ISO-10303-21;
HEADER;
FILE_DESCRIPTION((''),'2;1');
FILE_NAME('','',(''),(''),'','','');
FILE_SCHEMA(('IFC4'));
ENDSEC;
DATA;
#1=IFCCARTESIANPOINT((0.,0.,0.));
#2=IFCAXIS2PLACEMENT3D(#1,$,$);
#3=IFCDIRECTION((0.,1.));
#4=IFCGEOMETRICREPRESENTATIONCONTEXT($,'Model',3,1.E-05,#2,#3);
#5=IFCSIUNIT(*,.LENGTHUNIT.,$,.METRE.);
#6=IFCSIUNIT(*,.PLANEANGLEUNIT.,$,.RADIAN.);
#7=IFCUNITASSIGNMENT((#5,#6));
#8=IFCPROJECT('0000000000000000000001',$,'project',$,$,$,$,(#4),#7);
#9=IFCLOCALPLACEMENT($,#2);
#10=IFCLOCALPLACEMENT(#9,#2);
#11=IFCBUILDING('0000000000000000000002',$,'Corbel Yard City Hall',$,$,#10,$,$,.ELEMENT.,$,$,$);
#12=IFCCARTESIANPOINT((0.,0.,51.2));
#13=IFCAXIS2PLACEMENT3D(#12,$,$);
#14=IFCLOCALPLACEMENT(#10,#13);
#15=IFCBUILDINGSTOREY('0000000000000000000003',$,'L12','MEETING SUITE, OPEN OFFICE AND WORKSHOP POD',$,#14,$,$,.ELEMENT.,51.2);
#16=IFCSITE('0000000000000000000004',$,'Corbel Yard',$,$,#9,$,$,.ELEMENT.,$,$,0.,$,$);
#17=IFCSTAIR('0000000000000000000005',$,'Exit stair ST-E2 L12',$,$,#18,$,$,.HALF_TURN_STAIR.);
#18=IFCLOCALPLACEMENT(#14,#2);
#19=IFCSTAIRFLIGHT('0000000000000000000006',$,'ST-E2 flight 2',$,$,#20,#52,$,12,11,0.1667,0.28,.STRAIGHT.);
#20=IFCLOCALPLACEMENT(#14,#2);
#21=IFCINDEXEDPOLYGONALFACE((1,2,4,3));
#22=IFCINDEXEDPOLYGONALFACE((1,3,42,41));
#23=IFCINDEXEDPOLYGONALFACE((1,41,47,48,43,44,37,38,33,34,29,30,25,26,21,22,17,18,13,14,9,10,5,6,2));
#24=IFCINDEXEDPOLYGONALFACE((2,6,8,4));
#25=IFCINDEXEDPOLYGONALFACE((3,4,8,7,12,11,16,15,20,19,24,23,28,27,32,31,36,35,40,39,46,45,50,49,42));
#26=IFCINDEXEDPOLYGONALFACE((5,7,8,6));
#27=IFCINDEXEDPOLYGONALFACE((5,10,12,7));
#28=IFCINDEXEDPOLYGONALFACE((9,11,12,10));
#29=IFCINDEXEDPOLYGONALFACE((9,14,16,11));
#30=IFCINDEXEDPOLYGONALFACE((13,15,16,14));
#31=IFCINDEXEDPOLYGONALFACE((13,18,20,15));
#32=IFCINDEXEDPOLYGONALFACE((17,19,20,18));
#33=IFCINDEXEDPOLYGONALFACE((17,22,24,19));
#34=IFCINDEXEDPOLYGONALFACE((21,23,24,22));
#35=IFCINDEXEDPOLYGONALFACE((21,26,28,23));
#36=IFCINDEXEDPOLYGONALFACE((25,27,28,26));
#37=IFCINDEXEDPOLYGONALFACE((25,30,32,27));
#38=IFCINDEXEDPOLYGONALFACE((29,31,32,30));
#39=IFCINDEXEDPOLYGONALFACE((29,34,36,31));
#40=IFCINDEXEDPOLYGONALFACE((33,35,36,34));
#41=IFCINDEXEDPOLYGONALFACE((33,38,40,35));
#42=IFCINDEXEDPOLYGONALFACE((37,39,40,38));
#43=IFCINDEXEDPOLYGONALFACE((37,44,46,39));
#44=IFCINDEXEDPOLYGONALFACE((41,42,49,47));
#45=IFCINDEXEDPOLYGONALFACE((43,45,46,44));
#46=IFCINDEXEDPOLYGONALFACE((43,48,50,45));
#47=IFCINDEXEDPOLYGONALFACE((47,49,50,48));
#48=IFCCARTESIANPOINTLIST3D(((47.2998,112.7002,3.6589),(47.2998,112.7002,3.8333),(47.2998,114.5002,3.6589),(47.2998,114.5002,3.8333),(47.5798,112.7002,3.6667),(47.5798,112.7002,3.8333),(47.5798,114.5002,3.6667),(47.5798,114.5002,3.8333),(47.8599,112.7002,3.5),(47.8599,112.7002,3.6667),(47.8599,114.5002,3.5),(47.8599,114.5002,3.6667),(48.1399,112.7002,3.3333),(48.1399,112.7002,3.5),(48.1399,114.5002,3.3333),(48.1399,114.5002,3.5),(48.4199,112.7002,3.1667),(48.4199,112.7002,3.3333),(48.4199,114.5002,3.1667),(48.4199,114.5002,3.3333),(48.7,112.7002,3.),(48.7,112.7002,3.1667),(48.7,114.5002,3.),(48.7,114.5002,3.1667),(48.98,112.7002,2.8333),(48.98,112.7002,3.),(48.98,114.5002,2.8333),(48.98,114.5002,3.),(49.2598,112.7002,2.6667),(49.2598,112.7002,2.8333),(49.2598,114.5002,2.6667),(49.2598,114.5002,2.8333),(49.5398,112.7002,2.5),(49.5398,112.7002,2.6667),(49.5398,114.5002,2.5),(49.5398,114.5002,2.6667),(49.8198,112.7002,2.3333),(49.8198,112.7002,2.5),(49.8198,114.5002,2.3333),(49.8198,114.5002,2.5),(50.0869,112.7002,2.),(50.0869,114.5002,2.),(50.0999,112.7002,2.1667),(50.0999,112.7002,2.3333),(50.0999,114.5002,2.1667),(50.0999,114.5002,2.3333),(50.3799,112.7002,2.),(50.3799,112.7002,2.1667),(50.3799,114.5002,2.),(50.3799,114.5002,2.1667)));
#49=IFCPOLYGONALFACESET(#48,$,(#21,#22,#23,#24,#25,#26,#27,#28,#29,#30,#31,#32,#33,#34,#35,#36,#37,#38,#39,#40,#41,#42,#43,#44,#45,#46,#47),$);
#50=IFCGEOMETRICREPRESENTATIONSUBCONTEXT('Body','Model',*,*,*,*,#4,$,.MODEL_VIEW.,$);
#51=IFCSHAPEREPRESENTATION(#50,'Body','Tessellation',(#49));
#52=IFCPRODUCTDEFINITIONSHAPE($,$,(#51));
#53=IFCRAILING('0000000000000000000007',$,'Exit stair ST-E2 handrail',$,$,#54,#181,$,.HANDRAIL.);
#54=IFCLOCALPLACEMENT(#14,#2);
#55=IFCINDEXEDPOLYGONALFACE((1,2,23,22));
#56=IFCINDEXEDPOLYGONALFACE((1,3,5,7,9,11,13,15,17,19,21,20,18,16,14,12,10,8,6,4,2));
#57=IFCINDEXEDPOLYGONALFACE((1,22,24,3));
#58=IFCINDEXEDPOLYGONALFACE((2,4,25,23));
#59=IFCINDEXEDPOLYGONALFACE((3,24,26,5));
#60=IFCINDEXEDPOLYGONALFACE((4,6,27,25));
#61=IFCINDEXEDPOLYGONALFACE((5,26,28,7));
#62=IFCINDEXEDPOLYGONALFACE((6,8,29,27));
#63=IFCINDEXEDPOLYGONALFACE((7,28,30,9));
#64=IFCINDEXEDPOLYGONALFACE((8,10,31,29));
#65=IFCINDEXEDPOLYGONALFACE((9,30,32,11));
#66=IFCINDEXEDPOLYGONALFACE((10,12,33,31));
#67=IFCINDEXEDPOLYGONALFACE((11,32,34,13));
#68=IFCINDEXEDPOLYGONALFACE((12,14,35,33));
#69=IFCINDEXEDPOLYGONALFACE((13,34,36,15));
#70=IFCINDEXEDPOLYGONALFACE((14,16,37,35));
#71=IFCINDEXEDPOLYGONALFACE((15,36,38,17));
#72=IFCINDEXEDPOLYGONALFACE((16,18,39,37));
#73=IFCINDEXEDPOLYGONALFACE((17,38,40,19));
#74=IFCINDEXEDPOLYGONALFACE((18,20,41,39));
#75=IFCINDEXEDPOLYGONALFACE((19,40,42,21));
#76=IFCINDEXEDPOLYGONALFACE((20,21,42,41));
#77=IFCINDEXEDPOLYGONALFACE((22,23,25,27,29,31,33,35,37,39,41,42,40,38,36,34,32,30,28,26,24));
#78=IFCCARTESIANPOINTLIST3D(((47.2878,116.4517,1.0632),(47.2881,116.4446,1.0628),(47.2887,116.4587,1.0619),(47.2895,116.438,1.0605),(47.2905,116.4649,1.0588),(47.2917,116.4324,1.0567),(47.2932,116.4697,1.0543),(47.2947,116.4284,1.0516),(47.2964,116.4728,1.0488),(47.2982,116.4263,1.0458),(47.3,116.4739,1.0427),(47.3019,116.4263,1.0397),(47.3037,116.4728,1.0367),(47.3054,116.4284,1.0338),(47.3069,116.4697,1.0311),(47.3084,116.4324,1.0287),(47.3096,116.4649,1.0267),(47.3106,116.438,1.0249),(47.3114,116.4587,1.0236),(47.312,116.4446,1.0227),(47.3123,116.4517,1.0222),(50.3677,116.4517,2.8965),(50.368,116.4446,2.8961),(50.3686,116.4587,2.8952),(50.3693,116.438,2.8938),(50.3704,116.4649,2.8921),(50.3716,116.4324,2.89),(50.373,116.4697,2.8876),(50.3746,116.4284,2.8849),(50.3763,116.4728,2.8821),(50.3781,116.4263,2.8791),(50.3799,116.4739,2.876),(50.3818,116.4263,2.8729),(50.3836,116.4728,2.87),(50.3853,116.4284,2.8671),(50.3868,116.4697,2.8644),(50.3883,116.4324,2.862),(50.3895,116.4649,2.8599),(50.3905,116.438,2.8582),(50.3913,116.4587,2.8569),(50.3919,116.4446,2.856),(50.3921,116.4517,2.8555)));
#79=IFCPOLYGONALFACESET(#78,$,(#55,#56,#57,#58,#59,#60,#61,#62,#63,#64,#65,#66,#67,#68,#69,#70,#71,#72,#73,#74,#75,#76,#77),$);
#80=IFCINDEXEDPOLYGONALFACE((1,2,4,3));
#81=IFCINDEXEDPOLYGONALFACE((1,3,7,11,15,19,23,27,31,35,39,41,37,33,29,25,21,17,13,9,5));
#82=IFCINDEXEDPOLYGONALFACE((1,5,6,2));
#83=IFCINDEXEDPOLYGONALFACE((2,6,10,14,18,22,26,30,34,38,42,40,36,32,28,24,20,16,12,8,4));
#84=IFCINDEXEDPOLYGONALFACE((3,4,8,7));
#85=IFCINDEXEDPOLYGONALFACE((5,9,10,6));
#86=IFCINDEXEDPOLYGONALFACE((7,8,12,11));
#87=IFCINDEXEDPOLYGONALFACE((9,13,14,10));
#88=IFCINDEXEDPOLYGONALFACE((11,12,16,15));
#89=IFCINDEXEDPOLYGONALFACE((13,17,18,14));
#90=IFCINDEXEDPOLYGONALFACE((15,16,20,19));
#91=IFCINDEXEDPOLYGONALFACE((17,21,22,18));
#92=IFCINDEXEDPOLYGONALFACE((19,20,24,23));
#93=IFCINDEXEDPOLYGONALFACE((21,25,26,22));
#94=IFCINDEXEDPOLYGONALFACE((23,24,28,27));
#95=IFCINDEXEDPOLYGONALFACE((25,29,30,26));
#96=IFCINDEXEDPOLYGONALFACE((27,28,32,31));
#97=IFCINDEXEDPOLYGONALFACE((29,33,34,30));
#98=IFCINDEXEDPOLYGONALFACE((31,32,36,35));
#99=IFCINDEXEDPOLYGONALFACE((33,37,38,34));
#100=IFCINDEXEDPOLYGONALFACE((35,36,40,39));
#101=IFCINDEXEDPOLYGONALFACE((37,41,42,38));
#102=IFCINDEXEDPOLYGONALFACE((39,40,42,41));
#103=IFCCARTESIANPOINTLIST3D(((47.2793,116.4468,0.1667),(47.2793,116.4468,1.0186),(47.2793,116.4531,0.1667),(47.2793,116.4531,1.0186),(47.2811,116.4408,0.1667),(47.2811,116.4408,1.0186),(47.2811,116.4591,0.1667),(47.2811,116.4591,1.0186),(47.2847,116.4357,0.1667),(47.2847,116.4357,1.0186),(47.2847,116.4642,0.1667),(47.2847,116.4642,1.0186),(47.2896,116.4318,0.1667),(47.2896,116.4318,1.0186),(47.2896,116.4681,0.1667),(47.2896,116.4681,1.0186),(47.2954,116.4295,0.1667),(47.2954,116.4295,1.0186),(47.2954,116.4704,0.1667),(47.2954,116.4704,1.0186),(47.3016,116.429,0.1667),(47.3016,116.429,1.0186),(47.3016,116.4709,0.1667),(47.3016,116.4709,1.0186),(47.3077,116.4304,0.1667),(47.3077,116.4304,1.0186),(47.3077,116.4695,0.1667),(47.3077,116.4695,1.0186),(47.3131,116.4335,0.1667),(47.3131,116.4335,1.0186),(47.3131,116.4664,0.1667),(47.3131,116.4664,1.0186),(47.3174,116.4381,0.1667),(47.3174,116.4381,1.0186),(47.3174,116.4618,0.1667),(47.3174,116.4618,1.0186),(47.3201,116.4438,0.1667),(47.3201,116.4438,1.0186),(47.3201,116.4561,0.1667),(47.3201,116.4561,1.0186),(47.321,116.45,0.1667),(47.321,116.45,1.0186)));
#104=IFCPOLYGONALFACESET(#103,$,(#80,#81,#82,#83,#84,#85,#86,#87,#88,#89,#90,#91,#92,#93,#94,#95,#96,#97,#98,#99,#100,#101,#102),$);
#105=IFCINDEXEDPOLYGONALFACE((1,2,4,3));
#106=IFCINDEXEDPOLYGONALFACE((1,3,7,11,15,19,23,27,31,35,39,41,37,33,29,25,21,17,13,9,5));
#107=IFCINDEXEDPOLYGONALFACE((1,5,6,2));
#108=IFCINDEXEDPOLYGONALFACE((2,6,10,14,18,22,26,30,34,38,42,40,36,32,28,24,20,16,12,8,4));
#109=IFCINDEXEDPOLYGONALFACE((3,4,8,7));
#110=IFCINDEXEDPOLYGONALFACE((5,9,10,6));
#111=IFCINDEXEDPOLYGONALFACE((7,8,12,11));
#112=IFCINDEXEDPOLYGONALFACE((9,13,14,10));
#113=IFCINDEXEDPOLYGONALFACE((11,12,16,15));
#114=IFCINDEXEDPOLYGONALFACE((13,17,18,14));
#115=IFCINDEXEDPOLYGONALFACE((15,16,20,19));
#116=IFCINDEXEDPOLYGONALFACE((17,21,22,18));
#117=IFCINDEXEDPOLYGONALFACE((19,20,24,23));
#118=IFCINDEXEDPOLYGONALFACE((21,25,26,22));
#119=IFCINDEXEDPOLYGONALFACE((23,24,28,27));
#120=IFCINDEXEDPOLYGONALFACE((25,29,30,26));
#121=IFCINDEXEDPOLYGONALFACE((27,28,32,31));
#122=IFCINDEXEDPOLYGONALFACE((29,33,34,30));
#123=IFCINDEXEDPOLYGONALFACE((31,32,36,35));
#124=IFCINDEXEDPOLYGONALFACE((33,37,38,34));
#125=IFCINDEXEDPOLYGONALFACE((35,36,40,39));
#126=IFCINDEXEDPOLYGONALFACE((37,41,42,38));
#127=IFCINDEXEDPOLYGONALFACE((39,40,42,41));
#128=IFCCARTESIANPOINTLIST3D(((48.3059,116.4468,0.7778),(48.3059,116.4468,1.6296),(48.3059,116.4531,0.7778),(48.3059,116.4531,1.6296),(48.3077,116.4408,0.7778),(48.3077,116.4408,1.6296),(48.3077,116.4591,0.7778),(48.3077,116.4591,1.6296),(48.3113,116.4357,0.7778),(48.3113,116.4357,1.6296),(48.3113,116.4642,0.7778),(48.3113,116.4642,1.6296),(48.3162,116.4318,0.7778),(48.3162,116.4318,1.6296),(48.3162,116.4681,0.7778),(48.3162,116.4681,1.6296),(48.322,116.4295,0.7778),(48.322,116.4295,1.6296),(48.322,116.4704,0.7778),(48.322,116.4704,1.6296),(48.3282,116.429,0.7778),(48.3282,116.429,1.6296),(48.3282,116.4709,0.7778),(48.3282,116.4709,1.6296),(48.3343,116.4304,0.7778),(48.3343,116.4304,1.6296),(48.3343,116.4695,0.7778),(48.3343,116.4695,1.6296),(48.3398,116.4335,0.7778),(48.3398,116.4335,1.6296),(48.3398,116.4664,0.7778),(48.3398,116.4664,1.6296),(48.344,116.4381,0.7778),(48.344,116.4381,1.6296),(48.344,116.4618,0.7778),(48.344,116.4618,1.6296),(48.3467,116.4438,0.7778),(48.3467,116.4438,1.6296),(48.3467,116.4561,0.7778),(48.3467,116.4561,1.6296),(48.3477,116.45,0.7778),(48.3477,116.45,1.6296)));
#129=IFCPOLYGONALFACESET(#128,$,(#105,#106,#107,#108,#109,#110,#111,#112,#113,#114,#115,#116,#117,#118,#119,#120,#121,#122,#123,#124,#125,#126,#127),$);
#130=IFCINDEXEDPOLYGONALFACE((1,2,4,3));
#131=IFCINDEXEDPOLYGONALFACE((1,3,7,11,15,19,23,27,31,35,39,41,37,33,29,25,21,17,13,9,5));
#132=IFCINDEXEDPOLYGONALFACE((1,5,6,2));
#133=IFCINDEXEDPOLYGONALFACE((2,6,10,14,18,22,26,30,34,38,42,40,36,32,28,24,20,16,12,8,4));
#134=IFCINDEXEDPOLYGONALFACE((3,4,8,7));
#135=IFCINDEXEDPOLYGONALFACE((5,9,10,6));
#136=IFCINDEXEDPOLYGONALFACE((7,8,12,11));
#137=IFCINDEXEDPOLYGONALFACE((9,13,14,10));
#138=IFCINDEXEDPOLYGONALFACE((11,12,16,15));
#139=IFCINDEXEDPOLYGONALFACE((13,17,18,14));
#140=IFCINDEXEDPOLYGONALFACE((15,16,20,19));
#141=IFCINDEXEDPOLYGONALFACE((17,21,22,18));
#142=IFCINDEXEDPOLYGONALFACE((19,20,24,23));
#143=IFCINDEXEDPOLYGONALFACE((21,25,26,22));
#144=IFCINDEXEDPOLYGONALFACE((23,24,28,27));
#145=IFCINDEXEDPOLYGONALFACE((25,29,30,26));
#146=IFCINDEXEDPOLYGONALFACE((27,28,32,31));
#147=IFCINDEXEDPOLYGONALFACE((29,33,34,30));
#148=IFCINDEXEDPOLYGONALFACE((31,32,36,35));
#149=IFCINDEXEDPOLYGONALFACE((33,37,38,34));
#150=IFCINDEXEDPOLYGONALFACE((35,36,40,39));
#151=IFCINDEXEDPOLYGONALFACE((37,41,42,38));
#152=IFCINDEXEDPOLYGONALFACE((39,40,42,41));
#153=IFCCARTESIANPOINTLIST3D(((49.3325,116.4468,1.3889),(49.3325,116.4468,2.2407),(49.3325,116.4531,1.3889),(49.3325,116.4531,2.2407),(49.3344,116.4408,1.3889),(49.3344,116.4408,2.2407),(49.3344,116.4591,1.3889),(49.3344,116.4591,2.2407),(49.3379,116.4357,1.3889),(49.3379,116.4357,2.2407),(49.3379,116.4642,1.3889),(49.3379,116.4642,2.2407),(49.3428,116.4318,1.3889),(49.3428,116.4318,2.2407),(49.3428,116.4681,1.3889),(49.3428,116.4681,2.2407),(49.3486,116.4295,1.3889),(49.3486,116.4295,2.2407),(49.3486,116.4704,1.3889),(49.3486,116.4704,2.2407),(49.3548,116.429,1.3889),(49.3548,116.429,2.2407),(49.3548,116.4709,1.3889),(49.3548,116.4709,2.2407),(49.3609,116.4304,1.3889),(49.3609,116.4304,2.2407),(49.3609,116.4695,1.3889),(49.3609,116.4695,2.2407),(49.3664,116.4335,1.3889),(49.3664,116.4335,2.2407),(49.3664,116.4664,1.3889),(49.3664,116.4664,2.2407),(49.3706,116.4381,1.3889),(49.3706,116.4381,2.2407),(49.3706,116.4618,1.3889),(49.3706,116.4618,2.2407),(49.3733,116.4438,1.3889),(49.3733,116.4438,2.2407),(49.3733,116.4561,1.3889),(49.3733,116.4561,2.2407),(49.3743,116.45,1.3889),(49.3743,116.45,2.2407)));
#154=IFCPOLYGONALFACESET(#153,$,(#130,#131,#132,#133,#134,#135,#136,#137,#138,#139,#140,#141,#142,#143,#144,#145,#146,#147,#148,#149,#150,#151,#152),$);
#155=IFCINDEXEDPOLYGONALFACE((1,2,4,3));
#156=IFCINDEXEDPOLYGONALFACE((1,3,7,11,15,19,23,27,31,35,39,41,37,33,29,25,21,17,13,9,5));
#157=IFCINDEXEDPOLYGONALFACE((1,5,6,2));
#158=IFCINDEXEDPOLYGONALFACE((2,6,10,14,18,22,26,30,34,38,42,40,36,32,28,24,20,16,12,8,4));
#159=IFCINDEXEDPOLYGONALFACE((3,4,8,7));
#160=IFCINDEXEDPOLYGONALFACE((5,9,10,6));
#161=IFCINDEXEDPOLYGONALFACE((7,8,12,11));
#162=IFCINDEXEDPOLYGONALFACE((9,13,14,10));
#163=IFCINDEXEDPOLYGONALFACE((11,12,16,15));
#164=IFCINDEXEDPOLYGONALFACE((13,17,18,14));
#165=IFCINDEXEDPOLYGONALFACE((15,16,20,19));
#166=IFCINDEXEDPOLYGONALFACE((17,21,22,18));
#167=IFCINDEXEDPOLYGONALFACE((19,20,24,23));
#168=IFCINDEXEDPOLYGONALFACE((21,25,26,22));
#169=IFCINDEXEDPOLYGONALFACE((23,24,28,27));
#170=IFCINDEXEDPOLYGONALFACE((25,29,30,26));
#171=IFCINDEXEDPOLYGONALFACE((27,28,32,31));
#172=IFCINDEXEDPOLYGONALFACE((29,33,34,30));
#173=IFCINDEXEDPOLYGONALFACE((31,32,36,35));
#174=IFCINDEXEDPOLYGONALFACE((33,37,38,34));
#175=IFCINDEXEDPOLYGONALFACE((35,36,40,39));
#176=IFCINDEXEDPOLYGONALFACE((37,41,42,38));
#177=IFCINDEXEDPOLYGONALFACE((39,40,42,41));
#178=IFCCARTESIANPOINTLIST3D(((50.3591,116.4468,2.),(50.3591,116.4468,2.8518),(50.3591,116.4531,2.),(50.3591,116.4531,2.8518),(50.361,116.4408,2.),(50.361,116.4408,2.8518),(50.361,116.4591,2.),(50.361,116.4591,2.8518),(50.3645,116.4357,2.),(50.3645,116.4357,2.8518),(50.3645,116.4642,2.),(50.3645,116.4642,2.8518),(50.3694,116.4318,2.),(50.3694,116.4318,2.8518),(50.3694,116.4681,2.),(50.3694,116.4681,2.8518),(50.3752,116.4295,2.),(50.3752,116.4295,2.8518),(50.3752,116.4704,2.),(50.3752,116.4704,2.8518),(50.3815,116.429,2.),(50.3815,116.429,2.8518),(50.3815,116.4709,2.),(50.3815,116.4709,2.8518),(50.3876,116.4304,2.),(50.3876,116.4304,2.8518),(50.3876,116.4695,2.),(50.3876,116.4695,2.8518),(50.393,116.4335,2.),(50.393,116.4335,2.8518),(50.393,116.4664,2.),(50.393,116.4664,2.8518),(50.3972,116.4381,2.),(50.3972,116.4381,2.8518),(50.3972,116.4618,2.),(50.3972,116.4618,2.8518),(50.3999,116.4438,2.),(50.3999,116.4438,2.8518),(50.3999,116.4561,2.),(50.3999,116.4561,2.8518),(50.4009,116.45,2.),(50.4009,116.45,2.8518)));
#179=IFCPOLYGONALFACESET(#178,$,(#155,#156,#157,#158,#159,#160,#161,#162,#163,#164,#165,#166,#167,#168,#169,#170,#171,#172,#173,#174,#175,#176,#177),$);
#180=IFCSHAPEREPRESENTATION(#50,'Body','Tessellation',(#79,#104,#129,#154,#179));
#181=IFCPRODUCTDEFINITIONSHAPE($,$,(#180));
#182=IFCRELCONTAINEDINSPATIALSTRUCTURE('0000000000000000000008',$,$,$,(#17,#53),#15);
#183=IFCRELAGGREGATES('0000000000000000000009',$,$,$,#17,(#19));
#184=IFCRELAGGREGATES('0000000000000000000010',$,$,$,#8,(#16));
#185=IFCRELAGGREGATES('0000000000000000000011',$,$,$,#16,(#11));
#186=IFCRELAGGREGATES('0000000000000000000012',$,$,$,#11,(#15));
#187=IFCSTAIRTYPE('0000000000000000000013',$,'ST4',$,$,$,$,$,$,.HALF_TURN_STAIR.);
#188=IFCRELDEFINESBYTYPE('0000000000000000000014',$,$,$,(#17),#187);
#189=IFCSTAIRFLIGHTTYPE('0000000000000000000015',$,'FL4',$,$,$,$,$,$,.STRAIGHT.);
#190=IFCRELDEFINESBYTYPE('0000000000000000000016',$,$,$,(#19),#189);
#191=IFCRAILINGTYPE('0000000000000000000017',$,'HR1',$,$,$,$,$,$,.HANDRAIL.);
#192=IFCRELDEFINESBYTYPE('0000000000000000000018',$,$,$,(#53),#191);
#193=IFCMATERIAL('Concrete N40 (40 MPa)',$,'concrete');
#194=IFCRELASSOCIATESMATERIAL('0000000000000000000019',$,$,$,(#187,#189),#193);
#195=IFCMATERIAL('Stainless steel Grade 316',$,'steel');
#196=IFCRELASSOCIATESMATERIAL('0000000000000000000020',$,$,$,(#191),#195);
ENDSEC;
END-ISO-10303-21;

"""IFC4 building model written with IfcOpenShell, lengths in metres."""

from ifc_helpers import new_model, si_unit, direction, frame, origin, origin_2d, place, context, subcontext, project, spatial, polyline, circle, outline, extrude, material, type_object, element, aggregate, save


model = new_model("IFC4")

# Units and contexts
model_context = context("Model", 3, precision=1e-05, world=origin(), true_north=direction((0.0, 1.0)))
body_context = subcontext(model_context, "Body", "Model", "MODEL_VIEW")
ifc_project = project(units=[si_unit("LENGTHUNIT", "METRE"), si_unit("PLANEANGLEUNIT", "RADIAN")], contexts=[model_context])

# Site, building, storey
site_placement = place(None, origin())
site = spatial("IfcSite", under=ifc_project, at=site_placement, Name="Corbel Yard", CompositionType="ELEMENT", RefElevation=0.0)
building_placement = place(site_placement, origin())
building = spatial("IfcBuilding", under=site, at=building_placement, Name="Corbel Yard City Hall", CompositionType="ELEMENT")
storey_placement = place(building_placement, frame((0.0, 0.0, 51.2)))
storey = spatial("IfcBuildingStorey", under=building, at=storey_placement, Name="L12", Description="MEETING SUITE, OPEN OFFICE AND WORKSHOP POD", CompositionType="ELEMENT", Elevation=51.2)

# Stair, stair flight
ifc_material_1 = material(Name="Concrete N40 (40 MPa)", Category="concrete")
stair_type = type_object("IfcStairType", Name="ST4", PredefinedType="HALF_TURN_STAIR", material=ifc_material_1)
stair_placement = place(storey_placement, origin())
stair = element("IfcStair", 1, at=stair_placement, inside=storey, type_object=stair_type, Name="Exit stair ST-E2 L12", PredefinedType="HALF_TURN_STAIR")
stair_flight_type = type_object("IfcStairFlightType", Name="FL4", PredefinedType="STRAIGHT", material=ifc_material_1)
stair_flight_1_placement = place(storey_placement, frame((50.3799, 113.6001, 2.0), z_axis=(0.0, 0.0, 1.0), x_axis=(-1.0, 0.0, 0.0)))
stair_flight_1 = element("IfcStairFlight", 2, at=stair_flight_1_placement, type_object=stair_flight_type, Name="ST-E2 flight 2", NumberOfRisers=12, NumberOfTreads=11, PredefinedType="STRAIGHT", RiserHeight=0.1667, TreadLength=0.28, context=body_context, shape_type="SweptSolid", body=[
    extrude(outline(polyline([(0.0, 0.0), (0.0, 0.1667), (0.28, 0.1667), (0.28, 0.3333), (0.5601, 0.3333), (0.5601, 0.5), (0.8401, 0.5), (0.8401, 0.6667), (1.1201, 0.6667), (1.1201, 0.8333), (1.3999, 0.8333), (1.3999, 1.0), (1.6799, 1.0), (1.6799, 1.1667), (1.96, 1.1667), (1.96, 1.3333), (2.24, 1.3333), (2.24, 1.5), (2.52, 1.5), (2.52, 1.6667), (2.8, 1.6667), (2.8, 1.8333), (3.0801, 1.8333), (3.0801, 2.0), (3.0801, 1.6589), (0.293, 0.0), (0.0, 0.0)])), frame((0.0, 0.8999, 0.0), z_axis=(0.0, -1.0, 0.0), x_axis=(1.0, 0.0, 0.0)), (0.0, 0.0, 1.0), 1.8),
])
aggregate(stair, [stair_flight_1])

# Railing
ifc_material_2 = material(Name="Stainless steel Grade 316", Category="steel")
railing_type = type_object("IfcRailingType", Name="HR1", PredefinedType="HANDRAIL", material=ifc_material_2)
for number, where, name in (
    (3, (47.3, 116.45, 0.1667), "Exit stair ST-E2 handrail"),
):
    element("IfcRailing", number, at=place(storey_placement, frame(where)), inside=storey, type_object=railing_type, Name=name, PredefinedType="HANDRAIL", context=body_context, shape_type="SweptSolid", body=[
        extrude(circle(Radius=0.0239, at=origin_2d()), frame((0.0, 0.0, 0.876), z_axis=(0.859291, 0.0, 0.511487), x_axis=(0.0, 1.0, 0.0)), (0.0, 0.0, 1.0), 3.5842),
        extrude(circle(Radius=0.021, at=origin_2d()), origin(), (0.0, 0.0, 1.0), 0.8518),
        extrude(circle(Radius=0.021, at=origin_2d()), frame((1.0266, 0.0, 0.6111)), (0.0, 0.0, 1.0), 0.8518),
        extrude(circle(Radius=0.021, at=origin_2d()), frame((2.0532, 0.0, 1.2222)), (0.0, 0.0, 1.0), 0.8518),
        extrude(circle(Radius=0.021, at=origin_2d()), frame((3.0798, 0.0, 1.8333)), (0.0, 0.0, 1.0), 0.8518),
    ])

save(model, "model.ifc")
